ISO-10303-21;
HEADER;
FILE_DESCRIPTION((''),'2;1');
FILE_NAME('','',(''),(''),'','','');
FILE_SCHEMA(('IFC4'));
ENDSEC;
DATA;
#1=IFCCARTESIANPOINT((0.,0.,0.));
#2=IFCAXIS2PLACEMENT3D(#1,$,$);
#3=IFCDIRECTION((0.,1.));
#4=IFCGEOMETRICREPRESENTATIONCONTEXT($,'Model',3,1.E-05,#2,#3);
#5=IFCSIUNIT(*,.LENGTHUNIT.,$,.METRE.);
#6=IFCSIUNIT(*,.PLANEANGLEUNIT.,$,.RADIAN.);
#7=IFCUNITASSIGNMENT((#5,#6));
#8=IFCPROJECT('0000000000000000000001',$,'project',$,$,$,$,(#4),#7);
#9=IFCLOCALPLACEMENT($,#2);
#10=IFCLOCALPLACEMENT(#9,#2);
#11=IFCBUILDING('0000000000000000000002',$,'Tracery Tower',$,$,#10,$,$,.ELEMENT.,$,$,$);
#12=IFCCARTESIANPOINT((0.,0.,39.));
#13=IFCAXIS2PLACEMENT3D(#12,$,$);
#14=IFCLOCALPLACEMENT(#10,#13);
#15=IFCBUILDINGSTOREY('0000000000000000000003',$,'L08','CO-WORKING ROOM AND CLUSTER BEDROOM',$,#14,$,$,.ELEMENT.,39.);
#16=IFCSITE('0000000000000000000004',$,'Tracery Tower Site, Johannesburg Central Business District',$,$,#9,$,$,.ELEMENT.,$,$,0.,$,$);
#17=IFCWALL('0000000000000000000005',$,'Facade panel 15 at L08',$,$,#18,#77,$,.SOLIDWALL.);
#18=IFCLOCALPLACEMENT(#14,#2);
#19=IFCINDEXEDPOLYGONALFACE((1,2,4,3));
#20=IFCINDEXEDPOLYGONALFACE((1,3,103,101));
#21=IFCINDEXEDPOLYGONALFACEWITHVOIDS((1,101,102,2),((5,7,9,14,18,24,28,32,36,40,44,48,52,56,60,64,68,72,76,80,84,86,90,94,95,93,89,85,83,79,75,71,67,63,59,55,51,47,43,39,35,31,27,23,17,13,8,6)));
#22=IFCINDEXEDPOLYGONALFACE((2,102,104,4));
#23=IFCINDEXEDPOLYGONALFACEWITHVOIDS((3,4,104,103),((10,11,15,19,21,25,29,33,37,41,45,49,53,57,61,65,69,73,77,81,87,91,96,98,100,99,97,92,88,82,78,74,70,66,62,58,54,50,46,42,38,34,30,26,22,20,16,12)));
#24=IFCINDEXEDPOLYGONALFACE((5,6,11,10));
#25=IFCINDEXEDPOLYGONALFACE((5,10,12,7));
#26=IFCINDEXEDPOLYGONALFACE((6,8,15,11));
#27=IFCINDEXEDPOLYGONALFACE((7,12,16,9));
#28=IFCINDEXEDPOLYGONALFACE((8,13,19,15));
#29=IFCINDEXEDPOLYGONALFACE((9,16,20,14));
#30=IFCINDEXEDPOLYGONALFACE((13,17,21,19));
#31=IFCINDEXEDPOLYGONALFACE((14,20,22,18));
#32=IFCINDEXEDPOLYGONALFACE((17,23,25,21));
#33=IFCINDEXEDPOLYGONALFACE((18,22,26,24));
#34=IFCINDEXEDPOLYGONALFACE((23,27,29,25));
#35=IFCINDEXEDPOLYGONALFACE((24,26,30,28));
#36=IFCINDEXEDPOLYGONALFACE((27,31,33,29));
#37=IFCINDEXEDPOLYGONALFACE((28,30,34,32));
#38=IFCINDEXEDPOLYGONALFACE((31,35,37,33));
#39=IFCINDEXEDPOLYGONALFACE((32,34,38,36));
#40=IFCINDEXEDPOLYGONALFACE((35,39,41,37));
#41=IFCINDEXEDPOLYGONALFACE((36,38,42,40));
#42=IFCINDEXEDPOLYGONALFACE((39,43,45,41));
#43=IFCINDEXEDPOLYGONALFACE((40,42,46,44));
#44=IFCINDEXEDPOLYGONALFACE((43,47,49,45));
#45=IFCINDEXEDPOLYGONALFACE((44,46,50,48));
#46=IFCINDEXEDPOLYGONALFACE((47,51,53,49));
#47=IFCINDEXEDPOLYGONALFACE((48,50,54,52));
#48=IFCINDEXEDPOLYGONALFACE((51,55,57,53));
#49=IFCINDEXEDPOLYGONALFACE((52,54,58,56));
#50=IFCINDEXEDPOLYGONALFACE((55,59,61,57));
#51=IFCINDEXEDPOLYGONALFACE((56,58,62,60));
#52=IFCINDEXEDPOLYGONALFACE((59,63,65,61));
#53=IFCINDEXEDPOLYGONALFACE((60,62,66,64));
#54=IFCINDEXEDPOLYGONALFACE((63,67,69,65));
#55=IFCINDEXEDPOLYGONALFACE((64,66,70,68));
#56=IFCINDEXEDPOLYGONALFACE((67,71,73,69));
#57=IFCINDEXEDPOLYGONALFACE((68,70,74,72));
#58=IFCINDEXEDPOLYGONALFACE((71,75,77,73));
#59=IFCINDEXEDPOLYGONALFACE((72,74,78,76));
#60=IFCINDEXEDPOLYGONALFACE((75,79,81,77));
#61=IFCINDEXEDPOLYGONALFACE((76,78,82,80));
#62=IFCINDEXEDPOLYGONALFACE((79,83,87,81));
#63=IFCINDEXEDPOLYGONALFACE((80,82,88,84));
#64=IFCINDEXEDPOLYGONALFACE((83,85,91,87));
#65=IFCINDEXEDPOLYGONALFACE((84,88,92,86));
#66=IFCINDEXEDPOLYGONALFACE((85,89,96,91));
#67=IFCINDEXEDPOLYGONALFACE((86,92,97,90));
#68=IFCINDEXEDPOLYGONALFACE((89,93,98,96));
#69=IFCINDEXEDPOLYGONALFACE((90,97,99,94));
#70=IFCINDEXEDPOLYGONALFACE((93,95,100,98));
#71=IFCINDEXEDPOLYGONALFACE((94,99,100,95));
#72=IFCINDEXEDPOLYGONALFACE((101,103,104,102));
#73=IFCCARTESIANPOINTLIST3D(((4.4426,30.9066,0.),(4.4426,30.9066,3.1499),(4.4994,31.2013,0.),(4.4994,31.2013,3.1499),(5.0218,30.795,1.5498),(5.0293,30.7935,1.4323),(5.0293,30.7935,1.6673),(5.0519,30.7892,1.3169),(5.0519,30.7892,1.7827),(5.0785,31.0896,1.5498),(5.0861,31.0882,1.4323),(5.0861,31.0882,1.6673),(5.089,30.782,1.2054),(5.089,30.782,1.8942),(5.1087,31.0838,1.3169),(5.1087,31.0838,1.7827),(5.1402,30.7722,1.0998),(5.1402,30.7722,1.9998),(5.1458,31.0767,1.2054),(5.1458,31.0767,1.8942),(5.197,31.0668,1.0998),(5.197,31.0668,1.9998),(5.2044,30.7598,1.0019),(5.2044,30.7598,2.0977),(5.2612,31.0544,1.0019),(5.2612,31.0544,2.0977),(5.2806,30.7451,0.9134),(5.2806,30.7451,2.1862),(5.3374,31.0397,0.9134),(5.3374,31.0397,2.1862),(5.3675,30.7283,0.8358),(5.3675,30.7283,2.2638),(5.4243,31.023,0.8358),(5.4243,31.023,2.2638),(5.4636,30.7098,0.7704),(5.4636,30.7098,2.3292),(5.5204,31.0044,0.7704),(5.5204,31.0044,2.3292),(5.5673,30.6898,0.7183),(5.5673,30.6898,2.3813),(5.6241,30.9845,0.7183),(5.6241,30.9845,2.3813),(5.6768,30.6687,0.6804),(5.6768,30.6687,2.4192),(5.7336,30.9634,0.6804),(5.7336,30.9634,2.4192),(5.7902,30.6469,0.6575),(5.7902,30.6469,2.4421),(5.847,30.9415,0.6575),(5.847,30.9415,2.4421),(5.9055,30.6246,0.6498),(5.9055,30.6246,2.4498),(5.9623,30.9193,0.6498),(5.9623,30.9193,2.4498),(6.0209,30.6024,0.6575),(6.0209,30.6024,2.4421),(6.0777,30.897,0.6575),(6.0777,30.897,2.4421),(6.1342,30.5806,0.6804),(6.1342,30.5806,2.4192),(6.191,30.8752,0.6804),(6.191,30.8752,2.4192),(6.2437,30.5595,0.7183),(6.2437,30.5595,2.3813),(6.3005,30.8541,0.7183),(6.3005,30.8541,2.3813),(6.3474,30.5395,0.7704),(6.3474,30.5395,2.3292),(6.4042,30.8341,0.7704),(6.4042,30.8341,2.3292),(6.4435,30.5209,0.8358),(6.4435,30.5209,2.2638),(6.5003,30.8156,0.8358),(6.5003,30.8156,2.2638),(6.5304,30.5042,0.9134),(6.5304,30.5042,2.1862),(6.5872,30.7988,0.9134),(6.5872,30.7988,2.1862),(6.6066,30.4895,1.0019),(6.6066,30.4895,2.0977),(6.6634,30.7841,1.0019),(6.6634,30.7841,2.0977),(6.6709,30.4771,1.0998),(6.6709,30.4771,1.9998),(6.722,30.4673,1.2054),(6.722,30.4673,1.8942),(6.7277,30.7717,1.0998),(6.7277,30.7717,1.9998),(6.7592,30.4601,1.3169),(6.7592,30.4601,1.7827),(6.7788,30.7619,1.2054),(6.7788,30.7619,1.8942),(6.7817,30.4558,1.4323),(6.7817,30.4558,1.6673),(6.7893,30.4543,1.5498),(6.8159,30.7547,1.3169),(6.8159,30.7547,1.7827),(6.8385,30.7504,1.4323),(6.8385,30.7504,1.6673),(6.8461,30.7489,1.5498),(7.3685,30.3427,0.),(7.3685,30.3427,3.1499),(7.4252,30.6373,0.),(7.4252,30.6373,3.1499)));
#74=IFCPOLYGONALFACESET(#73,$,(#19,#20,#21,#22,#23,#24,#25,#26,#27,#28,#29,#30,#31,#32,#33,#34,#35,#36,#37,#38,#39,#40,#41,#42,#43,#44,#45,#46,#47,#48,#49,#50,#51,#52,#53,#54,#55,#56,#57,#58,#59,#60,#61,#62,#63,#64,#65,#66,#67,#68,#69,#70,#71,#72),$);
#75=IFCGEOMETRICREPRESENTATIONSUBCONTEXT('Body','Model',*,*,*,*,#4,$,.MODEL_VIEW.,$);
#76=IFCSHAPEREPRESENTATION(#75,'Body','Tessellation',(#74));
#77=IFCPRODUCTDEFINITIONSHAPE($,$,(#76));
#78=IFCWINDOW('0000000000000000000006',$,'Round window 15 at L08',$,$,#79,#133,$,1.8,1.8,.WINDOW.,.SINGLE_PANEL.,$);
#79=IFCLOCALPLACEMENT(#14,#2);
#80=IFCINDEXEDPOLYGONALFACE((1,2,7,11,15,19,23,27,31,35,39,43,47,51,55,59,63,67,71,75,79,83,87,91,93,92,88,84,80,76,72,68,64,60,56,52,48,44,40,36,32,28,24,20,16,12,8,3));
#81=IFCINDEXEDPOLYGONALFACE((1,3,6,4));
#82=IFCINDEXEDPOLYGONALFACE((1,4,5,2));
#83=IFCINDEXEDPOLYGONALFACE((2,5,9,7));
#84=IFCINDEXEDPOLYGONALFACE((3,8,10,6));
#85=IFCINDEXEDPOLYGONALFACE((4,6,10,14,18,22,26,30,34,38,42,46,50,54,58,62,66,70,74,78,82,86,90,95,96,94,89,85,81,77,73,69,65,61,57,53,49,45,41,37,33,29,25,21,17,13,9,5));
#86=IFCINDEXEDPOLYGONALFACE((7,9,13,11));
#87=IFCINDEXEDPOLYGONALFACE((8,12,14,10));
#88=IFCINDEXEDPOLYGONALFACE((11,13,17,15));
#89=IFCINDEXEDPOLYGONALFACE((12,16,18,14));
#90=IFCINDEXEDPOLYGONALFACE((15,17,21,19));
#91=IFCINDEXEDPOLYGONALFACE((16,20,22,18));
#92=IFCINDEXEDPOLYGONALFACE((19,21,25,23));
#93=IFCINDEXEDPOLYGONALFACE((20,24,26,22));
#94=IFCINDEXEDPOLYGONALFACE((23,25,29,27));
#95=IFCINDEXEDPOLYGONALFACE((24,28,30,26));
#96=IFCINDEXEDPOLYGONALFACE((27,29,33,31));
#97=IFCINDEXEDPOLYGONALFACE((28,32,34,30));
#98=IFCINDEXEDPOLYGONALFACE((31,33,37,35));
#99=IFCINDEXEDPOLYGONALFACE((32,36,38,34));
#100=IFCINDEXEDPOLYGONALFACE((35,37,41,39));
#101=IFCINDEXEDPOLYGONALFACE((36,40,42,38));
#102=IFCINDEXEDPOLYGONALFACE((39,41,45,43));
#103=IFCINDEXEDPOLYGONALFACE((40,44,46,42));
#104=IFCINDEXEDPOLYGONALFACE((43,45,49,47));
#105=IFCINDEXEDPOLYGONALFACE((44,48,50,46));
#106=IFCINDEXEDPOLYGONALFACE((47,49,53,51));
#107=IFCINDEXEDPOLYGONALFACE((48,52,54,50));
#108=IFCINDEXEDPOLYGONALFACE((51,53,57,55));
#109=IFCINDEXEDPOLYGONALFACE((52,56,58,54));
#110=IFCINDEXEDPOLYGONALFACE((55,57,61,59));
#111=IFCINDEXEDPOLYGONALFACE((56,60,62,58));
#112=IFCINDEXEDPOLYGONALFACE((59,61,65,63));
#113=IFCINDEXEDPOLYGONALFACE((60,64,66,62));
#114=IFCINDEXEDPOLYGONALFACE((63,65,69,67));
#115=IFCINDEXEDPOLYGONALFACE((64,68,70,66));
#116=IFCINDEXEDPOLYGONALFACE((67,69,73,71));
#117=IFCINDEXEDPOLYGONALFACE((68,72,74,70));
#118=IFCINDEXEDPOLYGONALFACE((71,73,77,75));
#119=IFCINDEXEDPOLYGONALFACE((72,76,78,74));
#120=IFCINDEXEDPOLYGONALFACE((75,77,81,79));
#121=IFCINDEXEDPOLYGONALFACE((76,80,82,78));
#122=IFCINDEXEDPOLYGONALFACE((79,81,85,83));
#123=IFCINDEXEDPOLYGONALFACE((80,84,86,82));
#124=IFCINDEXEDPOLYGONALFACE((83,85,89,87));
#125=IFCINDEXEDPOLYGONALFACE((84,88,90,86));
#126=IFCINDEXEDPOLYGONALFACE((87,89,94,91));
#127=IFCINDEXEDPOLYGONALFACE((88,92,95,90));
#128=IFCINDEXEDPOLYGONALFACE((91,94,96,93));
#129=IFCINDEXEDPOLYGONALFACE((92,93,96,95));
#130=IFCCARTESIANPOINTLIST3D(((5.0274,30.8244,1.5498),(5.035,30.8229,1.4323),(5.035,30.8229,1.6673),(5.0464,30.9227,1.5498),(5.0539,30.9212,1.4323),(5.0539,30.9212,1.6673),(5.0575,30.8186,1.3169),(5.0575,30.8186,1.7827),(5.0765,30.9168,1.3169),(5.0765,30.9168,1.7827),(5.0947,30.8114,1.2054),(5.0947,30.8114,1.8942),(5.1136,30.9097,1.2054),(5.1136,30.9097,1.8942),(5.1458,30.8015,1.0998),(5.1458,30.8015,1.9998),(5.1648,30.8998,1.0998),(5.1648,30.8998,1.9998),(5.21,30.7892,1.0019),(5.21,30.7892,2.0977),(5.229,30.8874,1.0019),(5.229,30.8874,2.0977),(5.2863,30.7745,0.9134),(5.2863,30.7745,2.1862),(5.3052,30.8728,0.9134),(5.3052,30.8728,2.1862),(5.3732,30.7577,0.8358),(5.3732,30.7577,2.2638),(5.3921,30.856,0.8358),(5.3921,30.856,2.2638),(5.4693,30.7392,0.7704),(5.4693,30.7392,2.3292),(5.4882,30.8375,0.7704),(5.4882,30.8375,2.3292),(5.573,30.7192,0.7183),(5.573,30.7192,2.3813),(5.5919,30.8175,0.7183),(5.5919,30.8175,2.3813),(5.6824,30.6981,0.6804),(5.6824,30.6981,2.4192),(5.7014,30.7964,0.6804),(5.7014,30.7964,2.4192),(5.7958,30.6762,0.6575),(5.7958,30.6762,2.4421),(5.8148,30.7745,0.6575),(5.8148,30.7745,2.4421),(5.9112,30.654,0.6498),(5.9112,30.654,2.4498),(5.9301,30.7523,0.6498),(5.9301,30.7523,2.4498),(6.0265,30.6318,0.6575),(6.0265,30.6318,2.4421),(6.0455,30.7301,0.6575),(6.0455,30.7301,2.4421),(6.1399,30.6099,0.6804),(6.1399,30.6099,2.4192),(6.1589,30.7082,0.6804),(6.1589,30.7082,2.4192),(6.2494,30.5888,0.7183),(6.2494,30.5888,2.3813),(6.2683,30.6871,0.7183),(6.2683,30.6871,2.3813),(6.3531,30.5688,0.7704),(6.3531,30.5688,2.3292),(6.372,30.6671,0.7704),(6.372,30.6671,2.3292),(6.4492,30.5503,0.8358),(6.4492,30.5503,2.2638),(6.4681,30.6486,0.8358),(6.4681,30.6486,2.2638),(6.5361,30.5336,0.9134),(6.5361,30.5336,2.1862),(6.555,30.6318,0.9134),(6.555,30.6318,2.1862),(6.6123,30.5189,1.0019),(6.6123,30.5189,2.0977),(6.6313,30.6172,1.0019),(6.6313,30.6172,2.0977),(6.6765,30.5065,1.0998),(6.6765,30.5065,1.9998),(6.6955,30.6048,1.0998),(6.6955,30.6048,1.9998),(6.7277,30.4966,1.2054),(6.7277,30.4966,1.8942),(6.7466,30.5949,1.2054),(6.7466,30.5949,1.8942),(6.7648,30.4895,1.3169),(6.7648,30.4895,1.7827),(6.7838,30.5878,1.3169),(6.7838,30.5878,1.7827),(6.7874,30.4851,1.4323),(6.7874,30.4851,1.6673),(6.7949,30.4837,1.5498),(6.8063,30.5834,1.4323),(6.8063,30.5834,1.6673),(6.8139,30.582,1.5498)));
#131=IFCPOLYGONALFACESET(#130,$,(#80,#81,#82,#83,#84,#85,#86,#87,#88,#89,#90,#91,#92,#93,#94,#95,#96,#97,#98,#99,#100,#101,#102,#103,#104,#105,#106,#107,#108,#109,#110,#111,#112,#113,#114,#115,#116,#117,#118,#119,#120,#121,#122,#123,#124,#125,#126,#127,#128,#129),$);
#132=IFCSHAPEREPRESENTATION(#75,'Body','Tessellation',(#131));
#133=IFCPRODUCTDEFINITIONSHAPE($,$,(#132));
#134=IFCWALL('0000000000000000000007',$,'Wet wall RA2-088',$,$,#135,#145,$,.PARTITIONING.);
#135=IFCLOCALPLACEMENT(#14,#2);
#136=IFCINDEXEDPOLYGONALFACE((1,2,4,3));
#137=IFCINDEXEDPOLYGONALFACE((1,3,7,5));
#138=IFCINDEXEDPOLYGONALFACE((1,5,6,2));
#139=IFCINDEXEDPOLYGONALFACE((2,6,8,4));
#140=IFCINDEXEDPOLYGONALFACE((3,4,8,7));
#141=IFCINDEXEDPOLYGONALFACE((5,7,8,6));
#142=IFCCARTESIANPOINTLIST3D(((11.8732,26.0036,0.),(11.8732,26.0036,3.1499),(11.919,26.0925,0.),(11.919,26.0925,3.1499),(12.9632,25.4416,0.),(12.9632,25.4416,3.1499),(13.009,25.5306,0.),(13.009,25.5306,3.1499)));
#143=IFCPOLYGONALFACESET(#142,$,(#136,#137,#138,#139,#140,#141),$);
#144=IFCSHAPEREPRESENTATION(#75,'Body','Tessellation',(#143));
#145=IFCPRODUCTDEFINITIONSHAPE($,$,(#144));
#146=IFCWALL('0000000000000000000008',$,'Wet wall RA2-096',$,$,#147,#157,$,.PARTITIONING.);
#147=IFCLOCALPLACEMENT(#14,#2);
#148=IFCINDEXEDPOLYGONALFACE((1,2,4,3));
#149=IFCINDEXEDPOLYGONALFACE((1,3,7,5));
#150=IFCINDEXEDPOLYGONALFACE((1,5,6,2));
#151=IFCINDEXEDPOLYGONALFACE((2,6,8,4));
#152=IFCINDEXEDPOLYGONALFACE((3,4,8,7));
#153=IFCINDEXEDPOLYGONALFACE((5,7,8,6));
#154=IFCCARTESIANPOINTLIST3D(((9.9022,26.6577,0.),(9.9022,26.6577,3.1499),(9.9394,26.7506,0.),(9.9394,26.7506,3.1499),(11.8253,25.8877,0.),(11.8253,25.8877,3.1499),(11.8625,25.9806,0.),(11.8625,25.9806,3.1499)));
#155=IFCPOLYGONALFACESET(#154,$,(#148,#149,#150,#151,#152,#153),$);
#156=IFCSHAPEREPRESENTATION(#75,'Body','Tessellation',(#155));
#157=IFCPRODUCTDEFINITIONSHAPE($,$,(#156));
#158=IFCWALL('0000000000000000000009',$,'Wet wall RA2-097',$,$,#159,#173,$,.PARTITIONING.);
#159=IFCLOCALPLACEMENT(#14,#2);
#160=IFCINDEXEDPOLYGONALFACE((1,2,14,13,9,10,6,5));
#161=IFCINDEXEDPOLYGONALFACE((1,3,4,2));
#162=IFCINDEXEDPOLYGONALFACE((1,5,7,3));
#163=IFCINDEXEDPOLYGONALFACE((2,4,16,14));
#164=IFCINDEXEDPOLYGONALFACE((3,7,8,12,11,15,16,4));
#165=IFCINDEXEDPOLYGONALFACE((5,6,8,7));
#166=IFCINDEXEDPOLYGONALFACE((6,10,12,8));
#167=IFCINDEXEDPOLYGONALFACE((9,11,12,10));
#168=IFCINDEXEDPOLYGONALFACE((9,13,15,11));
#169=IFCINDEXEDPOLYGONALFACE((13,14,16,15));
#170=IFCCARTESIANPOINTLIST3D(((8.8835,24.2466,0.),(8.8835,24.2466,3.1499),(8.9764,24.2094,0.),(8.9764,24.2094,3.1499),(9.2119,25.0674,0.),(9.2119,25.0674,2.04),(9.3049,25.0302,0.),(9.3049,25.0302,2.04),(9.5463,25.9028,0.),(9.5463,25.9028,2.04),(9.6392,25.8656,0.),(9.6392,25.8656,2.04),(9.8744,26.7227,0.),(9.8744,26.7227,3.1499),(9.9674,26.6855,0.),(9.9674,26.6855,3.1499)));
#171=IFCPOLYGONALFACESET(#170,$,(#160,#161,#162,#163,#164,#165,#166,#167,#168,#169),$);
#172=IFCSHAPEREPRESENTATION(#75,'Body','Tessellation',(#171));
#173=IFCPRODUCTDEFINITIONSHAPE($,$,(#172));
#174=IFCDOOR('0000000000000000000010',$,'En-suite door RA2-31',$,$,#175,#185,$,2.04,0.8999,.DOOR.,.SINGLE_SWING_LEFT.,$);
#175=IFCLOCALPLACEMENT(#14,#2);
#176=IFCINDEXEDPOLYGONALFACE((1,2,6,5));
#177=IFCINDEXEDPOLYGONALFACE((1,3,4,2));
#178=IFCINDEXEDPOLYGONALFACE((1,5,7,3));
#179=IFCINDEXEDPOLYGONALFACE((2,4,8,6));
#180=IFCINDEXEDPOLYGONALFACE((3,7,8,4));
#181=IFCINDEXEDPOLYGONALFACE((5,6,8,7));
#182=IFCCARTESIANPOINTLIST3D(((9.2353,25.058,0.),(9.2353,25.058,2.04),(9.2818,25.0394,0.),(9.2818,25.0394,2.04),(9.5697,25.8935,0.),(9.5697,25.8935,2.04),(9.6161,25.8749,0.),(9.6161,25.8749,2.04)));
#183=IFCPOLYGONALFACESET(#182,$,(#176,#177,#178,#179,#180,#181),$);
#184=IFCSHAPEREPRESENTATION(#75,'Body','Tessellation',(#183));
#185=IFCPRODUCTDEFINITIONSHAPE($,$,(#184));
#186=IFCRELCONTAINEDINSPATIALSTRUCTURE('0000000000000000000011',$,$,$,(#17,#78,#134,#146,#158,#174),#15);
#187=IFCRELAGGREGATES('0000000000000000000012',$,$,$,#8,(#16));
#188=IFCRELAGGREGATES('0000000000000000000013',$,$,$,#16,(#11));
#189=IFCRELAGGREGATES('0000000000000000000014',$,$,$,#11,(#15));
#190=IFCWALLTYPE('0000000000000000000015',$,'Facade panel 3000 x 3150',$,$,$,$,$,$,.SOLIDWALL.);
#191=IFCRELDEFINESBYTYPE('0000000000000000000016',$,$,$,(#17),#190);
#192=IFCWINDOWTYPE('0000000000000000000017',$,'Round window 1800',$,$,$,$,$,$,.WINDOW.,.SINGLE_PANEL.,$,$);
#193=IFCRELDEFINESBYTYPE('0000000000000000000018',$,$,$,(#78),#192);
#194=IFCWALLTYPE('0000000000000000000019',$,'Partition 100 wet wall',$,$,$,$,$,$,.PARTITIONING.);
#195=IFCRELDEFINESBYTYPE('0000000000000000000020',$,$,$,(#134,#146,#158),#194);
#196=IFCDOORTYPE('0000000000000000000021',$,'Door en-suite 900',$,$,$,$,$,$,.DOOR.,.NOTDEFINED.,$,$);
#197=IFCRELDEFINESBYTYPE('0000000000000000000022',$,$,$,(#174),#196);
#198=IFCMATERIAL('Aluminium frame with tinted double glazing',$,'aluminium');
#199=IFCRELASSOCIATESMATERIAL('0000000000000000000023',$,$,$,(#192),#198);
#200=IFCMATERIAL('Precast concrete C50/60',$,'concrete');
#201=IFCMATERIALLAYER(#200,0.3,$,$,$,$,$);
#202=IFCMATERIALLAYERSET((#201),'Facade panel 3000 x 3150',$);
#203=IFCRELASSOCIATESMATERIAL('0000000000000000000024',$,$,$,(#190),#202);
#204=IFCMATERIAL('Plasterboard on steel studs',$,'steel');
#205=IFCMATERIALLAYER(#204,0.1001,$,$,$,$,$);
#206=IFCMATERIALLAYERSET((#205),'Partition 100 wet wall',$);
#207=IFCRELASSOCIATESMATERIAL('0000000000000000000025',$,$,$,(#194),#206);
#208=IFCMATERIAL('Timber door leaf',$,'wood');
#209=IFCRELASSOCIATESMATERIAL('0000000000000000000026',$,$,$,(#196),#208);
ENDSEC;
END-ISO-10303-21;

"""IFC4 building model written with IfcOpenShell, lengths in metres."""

from ifc_helpers import new_model, si_unit, direction, frame, frame_2d, origin, origin_2d, place, context, subcontext, project, spatial, rectangle, circle, extrude, material, layer, layer_set, type_object, element, fill, save


model = new_model("IFC4")

# Units and contexts
model_context = context("Model", 3, precision=1e-05, world=origin(), true_north=direction((0.0, 1.0)))
body_context = subcontext(model_context, "Body", "Model", "MODEL_VIEW")
ifc_project = project(units=[si_unit("LENGTHUNIT", "METRE"), si_unit("PLANEANGLEUNIT", "RADIAN")], contexts=[model_context])

# Site, building, storey
site_placement = place(None, origin())
site = spatial("IfcSite", under=ifc_project, at=site_placement, Name="Tracery Tower Site, Johannesburg Central Business District", CompositionType="ELEMENT", RefElevation=0.0)
building_placement = place(site_placement, origin())
building = spatial("IfcBuilding", under=site, at=building_placement, Name="Tracery Tower", CompositionType="ELEMENT")
storey_placement = place(building_placement, frame((0.0, 0.0, 39.0)))
storey = spatial("IfcBuildingStorey", under=building, at=storey_placement, Name="L08", Description="CO-WORKING ROOM AND CLUSTER BEDROOM", CompositionType="ELEMENT", Elevation=39.0)

# Wall, opening, window
ifc_material_1 = material(Name="Aluminium frame with tinted double glazing", Category="aluminium")
window_type = type_object("IfcWindowType", Name="Round window 1800", PartitioningType="SINGLE_PANEL", PredefinedType="WINDOW", material=ifc_material_1)
ifc_material_2 = material(Name="Precast concrete C50/60", Category="concrete")
ifc_layer_1 = layer(ifc_material_2, 0.3)
ifc_layer_set_1 = layer_set([ifc_layer_1], Name="Facade panel 3000 x 3150")
wall_type_1 = type_object("IfcWallType", Name="Facade panel 3000 x 3150", PredefinedType="SOLIDWALL", material=ifc_layer_set_1)
wall_1_placement = place(storey_placement, frame((7.3967, 30.49, 0.0), z_axis=(0.0, 0.0, 1.0), x_axis=(-0.981925, 0.189273, 0.0)))
wall_1 = element("IfcWall", 1, at=wall_1_placement, inside=storey, type_object=wall_type_1, Name="Facade panel 15 at L08", PredefinedType="SOLIDWALL", context=body_context, shape_type="SweptSolid", body=[
    extrude(rectangle(XDim=2.9797, YDim=0.3, at=frame_2d((1.4897, 0.0))), origin(), (0.0, 0.0, 1.0), 3.1499),
])
opening_1_placement = place(wall_1_placement, frame((1.4897, 0.0, 1.5498)))
opening_1 = element("IfcOpeningElement", 2, at=opening_1_placement, cuts=wall_1, PredefinedType="OPENING", context=body_context, shape_type="SweptSolid", body=[
    extrude(circle(Radius=0.9, at=origin_2d()), frame((0.0, 0.1599, 0.0), z_axis=(0.0, -1.0, 0.0), x_axis=(1.0, 0.0, 0.0)), (0.0, 0.0, 1.0), 0.3201),
])
window_1_placement = place(opening_1_placement, origin())
window_1 = element("IfcWindow", 3, at=window_1_placement, inside=storey, type_object=window_type, Name="Round window 15 at L08", OverallHeight=1.8, OverallWidth=1.8, PartitioningType="SINGLE_PANEL", PredefinedType="WINDOW", context=body_context, shape_type="SweptSolid", body=[
    extrude(circle(Radius=0.9, at=origin_2d()), frame((0.0, 0.1201, 0.0), z_axis=(0.0, -1.0, 0.0), x_axis=(1.0, 0.0, 0.0)), (0.0, 0.0, 1.0), 0.1001),
])
fill(opening_1, window_1)

# Walls
ifc_material_3 = material(Name="Plasterboard on steel studs", Category="steel")
ifc_layer_2 = layer(ifc_material_3, 0.1001)
ifc_layer_set_2 = layer_set([ifc_layer_2], Name="Partition 100 wet wall")
wall_type_2 = type_object("IfcWallType", Name="Partition 100 wet wall", PredefinedType="PARTITIONING", material=ifc_layer_set_2)
wall_2_placement = place(storey_placement, frame((11.896, 26.0481, 0.0), z_axis=(0.0, 0.0, 1.0), x_axis=(0.888825, -0.458247, 0.0)))
element("IfcWall", 4, at=wall_2_placement, inside=storey, type_object=wall_type_2, Name="Wet wall RA2-088", PredefinedType="PARTITIONING", context=body_context, shape_type="SweptSolid", body=[
    extrude(rectangle(XDim=1.2263, YDim=0.1001, at=frame_2d((0.6133, 0.0))), origin(), (0.0, 0.0, 1.0), 3.1499),
])
wall_3_placement = place(storey_placement, frame((9.9209, 26.7041, 0.0), z_axis=(0.0, 0.0, 1.0), x_axis=(0.928347, -0.371716, 0.0)))
element("IfcWall", 5, at=wall_3_placement, inside=storey, type_object=wall_type_2, Name="Wet wall RA2-096", PredefinedType="PARTITIONING", context=body_context, shape_type="SweptSolid", body=[
    extrude(rectangle(XDim=2.0715, YDim=0.1001, at=frame_2d((1.0356, 0.0))), origin(), (0.0, 0.0, 1.0), 3.1499),
])

# Wall, opening, door
wall_4_placement = place(storey_placement, frame((8.9299, 24.228, 0.0), z_axis=(0.0, 0.0, 1.0), x_axis=(0.371564, 0.928407, 0.0)))
wall_4 = element("IfcWall", 6, at=wall_4_placement, inside=storey, type_object=wall_type_2, Name="Wet wall RA2-097", PredefinedType="PARTITIONING", context=body_context, shape_type="SweptSolid", body=[
    extrude(rectangle(XDim=2.667, YDim=0.1001, at=frame_2d((1.3335, 0.0))), origin(), (0.0, 0.0, 1.0), 3.1499),
])
opening_2_placement = place(wall_4_placement, frame((0.884, 0.0, 0.0)))
opening_2 = element("IfcOpeningElement", 7, at=opening_2_placement, cuts=wall_4, PredefinedType="OPENING", context=body_context, shape_type="SweptSolid", body=[
    extrude(rectangle(XDim=0.8999, YDim=2.04, at=frame_2d((0.45, 1.02))), frame((0.0, 0.05, 0.0), z_axis=(0.0, -1.0, 0.0), x_axis=(1.0, 0.0, 0.0)), (0.0, 0.0, 1.0), 0.1001),
])
ifc_material_4 = material(Name="Timber door leaf", Category="wood")
door_type_1 = type_object("IfcDoorType", Name="Door en-suite 900", OperationType="NOTDEFINED", PredefinedType="DOOR", material=ifc_material_4)
door_1_placement = place(opening_2_placement, origin())
door_1 = element("IfcDoor", 8, at=door_1_placement, inside=storey, type_object=door_type_1, Name="En-suite door RA2-31", OperationType="SINGLE_SWING_LEFT", OverallHeight=2.04, OverallWidth=0.8999, PredefinedType="DOOR", context=body_context, shape_type="SweptSolid", body=[
    extrude(rectangle(XDim=0.8999, YDim=2.04, at=frame_2d((0.45, 1.02))), frame((0.0, 0.0249, 0.0), z_axis=(0.0, -1.0, 0.0), x_axis=(1.0, 0.0, 0.0)), (0.0, 0.0, 1.0), 0.05),
])
fill(opening_2, door_1)

save(model, "model.ifc")
